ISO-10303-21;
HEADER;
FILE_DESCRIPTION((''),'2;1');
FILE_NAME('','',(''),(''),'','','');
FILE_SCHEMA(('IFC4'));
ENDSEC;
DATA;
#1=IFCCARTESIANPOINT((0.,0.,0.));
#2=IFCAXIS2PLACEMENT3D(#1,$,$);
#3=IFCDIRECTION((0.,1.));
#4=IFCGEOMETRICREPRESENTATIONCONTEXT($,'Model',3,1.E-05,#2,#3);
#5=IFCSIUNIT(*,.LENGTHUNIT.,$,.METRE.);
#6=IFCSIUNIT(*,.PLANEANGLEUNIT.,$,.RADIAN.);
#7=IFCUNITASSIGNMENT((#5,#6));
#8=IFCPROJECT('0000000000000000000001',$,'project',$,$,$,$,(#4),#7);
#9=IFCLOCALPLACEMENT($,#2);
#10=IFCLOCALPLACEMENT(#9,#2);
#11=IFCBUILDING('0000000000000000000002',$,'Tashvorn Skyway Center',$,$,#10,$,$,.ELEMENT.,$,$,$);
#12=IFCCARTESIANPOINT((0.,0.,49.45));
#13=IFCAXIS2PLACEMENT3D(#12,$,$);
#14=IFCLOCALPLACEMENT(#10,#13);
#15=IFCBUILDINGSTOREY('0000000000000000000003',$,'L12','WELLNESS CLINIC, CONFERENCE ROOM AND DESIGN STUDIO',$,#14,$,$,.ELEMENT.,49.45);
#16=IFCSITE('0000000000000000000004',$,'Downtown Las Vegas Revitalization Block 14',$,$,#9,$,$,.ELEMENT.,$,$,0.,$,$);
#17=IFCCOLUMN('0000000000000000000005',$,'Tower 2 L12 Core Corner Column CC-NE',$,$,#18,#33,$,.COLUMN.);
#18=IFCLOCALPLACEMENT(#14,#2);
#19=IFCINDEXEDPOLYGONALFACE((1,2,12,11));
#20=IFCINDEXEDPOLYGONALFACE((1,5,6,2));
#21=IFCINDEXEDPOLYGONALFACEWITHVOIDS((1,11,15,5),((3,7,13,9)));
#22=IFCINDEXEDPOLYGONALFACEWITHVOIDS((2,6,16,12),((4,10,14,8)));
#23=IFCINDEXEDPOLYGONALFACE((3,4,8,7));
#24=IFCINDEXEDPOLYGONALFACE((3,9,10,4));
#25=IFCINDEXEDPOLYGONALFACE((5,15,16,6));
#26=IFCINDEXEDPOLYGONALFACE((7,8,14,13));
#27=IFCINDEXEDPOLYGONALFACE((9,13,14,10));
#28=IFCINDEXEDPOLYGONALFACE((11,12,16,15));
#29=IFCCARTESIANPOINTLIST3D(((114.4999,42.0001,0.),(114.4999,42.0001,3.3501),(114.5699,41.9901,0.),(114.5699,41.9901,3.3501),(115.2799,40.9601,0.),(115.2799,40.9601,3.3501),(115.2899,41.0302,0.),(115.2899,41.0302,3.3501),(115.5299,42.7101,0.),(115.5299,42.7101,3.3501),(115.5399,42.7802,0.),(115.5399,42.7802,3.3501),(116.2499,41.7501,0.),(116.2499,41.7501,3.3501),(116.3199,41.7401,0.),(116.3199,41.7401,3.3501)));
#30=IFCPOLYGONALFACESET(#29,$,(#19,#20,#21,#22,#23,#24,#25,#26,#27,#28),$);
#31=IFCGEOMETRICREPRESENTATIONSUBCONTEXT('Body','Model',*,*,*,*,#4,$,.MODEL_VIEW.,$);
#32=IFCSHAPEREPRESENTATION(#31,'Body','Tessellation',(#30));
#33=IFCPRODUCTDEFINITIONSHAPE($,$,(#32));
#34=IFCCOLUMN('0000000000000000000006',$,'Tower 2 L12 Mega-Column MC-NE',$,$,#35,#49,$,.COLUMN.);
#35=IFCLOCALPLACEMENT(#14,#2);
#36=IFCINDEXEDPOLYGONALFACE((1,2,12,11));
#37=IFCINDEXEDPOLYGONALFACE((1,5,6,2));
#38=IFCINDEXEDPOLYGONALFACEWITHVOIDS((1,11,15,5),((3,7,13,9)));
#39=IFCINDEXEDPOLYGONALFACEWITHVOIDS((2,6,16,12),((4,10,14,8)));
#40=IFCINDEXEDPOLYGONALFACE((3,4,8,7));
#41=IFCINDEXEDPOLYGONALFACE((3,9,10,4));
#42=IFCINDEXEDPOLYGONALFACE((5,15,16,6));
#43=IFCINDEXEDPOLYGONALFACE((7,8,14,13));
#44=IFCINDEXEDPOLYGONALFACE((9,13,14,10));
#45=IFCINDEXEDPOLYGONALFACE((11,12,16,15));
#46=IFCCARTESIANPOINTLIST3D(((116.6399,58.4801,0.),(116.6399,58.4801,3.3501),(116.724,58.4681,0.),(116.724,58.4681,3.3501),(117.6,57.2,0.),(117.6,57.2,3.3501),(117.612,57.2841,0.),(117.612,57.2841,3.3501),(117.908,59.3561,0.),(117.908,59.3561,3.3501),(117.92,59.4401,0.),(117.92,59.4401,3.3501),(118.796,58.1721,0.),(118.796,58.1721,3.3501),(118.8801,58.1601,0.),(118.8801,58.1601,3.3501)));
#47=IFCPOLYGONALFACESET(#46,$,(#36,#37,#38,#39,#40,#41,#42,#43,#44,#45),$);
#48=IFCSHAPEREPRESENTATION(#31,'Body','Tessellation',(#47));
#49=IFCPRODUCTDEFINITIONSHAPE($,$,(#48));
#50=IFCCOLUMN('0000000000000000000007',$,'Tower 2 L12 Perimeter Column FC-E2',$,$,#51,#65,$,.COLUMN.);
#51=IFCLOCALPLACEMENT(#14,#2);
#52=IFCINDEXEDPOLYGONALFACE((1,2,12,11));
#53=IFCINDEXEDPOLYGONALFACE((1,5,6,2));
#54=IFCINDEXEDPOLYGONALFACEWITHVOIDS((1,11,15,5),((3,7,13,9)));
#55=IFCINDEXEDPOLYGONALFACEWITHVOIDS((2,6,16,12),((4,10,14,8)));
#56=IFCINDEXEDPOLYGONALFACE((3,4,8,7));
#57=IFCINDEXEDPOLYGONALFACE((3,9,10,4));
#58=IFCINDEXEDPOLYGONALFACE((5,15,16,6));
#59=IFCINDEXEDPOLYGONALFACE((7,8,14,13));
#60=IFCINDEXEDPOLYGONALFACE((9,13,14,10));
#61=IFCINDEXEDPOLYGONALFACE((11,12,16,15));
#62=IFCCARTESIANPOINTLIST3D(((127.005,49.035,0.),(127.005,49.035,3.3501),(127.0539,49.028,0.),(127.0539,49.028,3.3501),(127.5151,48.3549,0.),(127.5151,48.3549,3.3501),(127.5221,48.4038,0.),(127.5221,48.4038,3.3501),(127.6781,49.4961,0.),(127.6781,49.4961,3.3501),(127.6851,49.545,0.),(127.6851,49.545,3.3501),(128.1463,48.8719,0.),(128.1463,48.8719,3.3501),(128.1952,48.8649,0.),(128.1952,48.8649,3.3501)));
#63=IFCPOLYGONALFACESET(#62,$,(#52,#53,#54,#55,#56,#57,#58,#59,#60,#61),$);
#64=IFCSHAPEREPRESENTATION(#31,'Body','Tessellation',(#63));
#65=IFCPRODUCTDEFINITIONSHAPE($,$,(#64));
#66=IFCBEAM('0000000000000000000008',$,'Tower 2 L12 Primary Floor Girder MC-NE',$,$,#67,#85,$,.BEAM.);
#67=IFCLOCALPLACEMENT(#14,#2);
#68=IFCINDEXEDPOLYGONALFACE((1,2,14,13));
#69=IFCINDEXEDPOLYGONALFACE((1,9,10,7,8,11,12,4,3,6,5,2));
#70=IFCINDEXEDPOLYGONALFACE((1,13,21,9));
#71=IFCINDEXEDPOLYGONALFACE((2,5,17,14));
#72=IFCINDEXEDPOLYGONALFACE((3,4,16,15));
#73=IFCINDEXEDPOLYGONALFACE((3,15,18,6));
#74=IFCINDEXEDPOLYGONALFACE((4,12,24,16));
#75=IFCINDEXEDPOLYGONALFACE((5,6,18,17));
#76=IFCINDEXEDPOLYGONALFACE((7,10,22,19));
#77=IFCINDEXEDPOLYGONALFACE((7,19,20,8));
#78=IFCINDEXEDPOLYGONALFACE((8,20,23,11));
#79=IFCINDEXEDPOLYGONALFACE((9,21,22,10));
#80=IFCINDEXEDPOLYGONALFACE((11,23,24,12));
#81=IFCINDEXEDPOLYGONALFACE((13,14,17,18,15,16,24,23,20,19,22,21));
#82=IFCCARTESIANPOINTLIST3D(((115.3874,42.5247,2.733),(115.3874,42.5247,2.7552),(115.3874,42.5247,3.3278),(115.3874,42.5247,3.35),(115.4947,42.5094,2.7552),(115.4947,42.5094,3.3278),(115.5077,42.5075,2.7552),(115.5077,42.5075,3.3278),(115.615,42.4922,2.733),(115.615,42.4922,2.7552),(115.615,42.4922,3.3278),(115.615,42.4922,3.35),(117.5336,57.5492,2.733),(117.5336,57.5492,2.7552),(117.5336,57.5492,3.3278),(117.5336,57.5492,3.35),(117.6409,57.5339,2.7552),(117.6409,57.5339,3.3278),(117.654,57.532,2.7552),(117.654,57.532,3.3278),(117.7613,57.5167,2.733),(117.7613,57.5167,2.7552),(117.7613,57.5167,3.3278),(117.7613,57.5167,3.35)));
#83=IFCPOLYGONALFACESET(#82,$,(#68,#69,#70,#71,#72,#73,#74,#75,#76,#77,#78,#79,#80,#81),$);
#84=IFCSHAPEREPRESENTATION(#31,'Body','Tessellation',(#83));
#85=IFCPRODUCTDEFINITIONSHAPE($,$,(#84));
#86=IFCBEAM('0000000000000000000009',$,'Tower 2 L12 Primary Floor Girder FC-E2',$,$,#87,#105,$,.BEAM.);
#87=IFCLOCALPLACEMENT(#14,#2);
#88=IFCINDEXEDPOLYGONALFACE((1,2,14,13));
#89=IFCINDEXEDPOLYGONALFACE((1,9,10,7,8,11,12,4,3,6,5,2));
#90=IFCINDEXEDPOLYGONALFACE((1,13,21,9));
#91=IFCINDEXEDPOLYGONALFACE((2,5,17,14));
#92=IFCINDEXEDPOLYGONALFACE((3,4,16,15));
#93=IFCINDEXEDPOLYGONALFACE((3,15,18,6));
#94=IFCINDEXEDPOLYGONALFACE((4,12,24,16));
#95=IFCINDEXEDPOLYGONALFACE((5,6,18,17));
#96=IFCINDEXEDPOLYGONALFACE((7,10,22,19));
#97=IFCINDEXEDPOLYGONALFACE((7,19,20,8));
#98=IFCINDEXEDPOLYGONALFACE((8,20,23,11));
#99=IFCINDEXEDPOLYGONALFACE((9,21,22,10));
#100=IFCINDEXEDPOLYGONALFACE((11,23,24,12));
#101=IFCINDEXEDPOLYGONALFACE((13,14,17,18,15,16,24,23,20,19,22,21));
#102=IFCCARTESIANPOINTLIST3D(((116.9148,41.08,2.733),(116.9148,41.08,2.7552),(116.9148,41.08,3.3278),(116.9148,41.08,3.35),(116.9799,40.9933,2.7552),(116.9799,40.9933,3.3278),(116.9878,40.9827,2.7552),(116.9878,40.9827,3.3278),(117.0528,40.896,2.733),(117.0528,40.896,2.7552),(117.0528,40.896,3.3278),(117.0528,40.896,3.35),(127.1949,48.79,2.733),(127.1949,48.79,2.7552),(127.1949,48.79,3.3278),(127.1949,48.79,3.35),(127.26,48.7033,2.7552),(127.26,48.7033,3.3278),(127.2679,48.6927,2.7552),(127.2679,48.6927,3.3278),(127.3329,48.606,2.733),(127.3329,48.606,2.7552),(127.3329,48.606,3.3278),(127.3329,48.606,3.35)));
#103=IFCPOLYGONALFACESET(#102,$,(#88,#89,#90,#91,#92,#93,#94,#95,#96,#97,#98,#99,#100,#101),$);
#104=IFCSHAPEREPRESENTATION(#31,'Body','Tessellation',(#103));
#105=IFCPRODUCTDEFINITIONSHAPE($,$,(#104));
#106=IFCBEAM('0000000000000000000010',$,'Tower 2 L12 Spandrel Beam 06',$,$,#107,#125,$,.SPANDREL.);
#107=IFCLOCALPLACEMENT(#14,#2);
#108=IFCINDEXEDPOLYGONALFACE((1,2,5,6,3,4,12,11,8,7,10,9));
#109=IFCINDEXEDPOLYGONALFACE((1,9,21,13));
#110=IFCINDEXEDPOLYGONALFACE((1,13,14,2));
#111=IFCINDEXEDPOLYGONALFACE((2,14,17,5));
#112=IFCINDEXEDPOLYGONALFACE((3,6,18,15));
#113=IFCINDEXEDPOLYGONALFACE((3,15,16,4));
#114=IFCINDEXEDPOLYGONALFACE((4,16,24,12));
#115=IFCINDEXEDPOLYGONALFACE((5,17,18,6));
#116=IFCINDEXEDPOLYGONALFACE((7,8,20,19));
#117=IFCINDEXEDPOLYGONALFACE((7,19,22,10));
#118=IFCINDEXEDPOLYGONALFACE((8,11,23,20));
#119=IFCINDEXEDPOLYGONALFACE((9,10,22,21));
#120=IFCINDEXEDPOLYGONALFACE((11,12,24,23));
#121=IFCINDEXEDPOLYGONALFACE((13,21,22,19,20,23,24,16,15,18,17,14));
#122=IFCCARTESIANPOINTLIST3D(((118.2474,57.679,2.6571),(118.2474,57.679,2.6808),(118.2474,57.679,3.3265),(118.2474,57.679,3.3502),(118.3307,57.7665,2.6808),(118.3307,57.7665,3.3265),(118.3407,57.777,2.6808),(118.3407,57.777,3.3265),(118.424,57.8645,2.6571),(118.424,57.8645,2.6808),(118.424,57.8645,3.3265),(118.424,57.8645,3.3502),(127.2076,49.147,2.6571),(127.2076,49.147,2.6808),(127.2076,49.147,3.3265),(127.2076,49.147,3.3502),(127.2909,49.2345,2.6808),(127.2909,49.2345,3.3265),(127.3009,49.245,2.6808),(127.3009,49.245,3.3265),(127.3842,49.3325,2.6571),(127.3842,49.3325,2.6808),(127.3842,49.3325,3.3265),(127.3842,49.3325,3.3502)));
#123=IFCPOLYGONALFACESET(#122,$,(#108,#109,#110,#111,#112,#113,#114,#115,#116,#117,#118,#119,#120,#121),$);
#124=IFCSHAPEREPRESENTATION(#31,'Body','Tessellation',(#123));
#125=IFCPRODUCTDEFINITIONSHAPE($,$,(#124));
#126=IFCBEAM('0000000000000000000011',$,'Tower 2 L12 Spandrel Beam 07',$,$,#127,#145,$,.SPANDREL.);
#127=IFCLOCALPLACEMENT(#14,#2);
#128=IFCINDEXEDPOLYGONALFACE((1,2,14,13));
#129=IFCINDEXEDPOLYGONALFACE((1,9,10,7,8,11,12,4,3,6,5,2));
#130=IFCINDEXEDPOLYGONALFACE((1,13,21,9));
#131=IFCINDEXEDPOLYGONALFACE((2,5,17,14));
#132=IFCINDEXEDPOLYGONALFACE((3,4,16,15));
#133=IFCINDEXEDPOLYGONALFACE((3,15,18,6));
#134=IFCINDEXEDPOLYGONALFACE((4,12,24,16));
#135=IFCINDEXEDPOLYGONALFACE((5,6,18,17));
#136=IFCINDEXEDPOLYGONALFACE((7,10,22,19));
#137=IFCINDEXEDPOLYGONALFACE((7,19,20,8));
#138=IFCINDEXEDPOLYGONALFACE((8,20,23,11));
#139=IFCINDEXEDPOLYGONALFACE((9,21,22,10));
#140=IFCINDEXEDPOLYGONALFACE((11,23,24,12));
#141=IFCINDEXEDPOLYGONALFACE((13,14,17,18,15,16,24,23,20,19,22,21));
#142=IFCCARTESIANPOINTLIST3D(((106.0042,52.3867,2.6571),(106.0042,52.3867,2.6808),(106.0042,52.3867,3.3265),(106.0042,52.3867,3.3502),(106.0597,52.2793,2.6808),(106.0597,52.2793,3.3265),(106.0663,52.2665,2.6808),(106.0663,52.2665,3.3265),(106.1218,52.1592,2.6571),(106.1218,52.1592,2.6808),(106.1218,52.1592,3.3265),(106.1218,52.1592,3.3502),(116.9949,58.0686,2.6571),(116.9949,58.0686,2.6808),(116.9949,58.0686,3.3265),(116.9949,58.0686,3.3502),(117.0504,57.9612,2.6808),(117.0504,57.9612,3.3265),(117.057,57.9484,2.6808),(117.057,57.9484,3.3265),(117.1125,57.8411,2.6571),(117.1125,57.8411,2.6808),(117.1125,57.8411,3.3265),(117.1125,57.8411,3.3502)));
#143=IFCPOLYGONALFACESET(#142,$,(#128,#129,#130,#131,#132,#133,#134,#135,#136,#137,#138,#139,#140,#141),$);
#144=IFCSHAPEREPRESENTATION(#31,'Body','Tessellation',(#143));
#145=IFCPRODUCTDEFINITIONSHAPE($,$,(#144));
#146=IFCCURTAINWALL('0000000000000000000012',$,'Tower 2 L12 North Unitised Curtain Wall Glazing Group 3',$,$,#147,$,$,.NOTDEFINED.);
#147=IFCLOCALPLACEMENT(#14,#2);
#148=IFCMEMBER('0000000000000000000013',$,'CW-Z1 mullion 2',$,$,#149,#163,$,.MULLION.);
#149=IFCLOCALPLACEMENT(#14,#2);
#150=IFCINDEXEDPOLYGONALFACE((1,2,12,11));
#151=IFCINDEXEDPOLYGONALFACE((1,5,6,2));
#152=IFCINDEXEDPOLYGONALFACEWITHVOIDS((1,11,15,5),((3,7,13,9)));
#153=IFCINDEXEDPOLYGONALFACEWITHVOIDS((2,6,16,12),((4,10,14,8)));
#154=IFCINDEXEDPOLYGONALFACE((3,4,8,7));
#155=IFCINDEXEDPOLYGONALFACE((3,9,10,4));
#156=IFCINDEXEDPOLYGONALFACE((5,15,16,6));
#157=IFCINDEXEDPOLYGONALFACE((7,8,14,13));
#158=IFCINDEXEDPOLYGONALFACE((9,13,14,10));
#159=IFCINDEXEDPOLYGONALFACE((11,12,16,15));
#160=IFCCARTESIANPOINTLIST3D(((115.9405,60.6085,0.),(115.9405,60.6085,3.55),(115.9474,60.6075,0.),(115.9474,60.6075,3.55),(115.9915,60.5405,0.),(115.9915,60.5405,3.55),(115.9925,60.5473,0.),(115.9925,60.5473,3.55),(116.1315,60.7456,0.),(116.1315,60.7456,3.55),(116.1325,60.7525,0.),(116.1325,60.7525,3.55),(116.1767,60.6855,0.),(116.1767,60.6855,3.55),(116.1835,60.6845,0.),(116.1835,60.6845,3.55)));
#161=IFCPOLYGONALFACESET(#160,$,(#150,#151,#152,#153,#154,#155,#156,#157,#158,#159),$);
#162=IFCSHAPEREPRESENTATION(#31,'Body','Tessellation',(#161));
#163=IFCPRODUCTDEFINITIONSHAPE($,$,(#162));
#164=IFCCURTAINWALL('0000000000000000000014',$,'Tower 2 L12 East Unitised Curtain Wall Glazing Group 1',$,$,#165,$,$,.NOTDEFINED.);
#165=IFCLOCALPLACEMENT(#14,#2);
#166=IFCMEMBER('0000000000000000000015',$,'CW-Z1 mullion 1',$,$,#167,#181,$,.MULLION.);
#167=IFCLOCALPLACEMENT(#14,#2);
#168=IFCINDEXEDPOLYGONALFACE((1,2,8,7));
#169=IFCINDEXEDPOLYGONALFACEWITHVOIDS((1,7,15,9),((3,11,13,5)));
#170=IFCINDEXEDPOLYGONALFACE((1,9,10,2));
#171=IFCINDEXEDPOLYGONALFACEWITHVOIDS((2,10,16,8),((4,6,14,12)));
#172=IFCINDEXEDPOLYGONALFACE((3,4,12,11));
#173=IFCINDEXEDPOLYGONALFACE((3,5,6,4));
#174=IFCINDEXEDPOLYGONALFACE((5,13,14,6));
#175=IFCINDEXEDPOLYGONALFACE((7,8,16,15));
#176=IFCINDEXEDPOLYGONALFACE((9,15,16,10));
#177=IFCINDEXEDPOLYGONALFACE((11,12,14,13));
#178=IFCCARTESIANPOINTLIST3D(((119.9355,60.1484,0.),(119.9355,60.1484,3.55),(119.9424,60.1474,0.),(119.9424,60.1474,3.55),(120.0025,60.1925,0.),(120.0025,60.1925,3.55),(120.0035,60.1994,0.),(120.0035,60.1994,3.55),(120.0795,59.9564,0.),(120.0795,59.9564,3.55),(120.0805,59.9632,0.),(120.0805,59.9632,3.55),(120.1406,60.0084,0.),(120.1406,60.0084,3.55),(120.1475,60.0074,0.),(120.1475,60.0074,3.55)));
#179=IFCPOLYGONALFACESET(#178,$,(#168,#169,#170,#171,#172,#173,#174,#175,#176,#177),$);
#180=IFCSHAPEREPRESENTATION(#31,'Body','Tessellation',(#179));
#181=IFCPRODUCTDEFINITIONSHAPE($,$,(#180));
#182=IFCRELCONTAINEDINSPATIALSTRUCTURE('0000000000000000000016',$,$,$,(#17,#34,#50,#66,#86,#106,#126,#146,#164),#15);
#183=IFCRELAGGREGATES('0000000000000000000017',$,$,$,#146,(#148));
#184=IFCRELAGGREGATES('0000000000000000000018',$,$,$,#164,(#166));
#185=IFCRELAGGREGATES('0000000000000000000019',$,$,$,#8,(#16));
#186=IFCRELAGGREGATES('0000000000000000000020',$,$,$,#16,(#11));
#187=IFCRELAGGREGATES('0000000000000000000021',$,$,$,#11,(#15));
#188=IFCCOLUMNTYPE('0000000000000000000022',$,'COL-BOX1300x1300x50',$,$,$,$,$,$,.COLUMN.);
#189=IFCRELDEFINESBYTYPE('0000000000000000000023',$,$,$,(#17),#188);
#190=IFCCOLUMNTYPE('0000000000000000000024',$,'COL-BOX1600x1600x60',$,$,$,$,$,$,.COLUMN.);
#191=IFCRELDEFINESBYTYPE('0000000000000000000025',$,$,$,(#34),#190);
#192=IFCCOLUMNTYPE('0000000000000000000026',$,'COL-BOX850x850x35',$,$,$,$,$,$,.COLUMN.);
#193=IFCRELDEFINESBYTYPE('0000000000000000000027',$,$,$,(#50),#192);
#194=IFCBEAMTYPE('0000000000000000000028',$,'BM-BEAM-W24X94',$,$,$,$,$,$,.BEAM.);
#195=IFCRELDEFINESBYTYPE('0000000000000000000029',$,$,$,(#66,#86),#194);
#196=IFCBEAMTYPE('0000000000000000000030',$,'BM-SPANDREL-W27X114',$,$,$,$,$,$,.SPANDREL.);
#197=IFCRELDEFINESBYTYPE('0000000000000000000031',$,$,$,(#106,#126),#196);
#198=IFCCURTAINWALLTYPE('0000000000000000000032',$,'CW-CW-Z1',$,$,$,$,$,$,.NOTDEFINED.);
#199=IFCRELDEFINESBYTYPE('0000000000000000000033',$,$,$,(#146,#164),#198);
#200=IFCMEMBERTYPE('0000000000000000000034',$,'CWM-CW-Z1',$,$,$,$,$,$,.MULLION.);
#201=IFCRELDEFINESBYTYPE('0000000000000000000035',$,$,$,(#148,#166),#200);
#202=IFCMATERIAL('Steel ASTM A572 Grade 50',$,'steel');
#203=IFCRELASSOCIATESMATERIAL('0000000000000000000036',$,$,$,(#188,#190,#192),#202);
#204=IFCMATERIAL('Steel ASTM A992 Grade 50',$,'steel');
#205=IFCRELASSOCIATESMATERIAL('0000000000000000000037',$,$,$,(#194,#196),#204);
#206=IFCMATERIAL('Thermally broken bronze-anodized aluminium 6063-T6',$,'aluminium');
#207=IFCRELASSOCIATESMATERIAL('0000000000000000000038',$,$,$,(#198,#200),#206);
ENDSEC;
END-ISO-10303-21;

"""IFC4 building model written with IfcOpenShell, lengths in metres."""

from ifc_helpers import new_model, si_unit, direction, frame, origin, origin_2d, place, context, subcontext, project, spatial, hollow_rectangle, i_section, extrude, material, material_profile, profile_set, type_object, element, aggregate, save


model = new_model("IFC4")

# Units and contexts
model_context = context("Model", 3, precision=1e-05, world=origin(), true_north=direction((0.0, 1.0)))
body_context = subcontext(model_context, "Body", "Model", "MODEL_VIEW")
ifc_project = project(units=[si_unit("LENGTHUNIT", "METRE"), si_unit("PLANEANGLEUNIT", "RADIAN")], contexts=[model_context])

# Site, building, storey
site_placement = place(None, origin())
site = spatial("IfcSite", under=ifc_project, at=site_placement, Name="Downtown Las Vegas Revitalization Block 14", CompositionType="ELEMENT", RefElevation=0.0)
building_placement = place(site_placement, origin())
building = spatial("IfcBuilding", under=site, at=building_placement, Name="Tashvorn Skyway Center", CompositionType="ELEMENT")
storey_placement = place(building_placement, frame((0.0, 0.0, 49.45)))
storey = spatial("IfcBuildingStorey", under=building, at=storey_placement, Name="L12", Description="WELLNESS CLINIC, CONFERENCE ROOM AND DESIGN STUDIO", CompositionType="ELEMENT", Elevation=49.45)

# Columns
ifc_material_1 = material(Name="Steel ASTM A572 Grade 50", Category="steel")
ifc_material_profile_1 = material_profile(ifc_material_1, hollow_rectangle(XDim=1.3, YDim=1.3, WallThickness=0.05, at=origin_2d()), Name="BOX1300x1300x50")
ifc_profile_set_1 = profile_set([ifc_material_profile_1], Name="Steel ASTM A572 Grade 50")
column_type_1 = type_object("IfcColumnType", Name="COL-BOX1300x1300x50", PredefinedType="COLUMN", material=ifc_profile_set_1)
column_1_placement = place(storey_placement, frame((115.4099, 41.8701, 0.0), z_axis=(0.0, 0.0, 1.0), x_axis=(0.8, 0.6, 0.0)))
element("IfcColumn", 1, at=column_1_placement, inside=storey, type_object=column_type_1, Name="Tower 2 L12 Core Corner Column CC-NE", PredefinedType="COLUMN", context=body_context, shape_type="SweptSolid", body=[
    extrude(hollow_rectangle(XDim=1.3, YDim=1.3, WallThickness=0.05, at=origin_2d()), origin(), (0.0, 0.0, 1.0), 3.3501),
])
ifc_material_profile_2 = material_profile(ifc_material_1, hollow_rectangle(XDim=1.6001, YDim=1.6001, WallThickness=0.0601, at=origin_2d()), Name="BOX1600x1600x60")
ifc_profile_set_2 = profile_set([ifc_material_profile_2], Name="Steel ASTM A572 Grade 50")
column_type_2 = type_object("IfcColumnType", Name="COL-BOX1600x1600x60", PredefinedType="COLUMN", material=ifc_profile_set_2)
column_2_placement = place(storey_placement, frame((117.76, 58.3201, 0.0), z_axis=(0.0, 0.0, 1.0), x_axis=(0.8, 0.6, 0.0)))
element("IfcColumn", 2, at=column_2_placement, inside=storey, type_object=column_type_2, Name="Tower 2 L12 Mega-Column MC-NE", PredefinedType="COLUMN", context=body_context, shape_type="SweptSolid", body=[
    extrude(hollow_rectangle(XDim=1.6001, YDim=1.6001, WallThickness=0.0601, at=origin_2d()), origin(), (0.0, 0.0, 1.0), 3.3501),
])
ifc_material_profile_3 = material_profile(ifc_material_1, hollow_rectangle(XDim=0.8501, YDim=0.8501, WallThickness=0.0349, at=origin_2d()), Name="BOX850x850x35")
ifc_profile_set_3 = profile_set([ifc_material_profile_3], Name="Steel ASTM A572 Grade 50")
column_type_3 = type_object("IfcColumnType", Name="COL-BOX850x850x35", PredefinedType="COLUMN", material=ifc_profile_set_3)
column_3_placement = place(storey_placement, frame((127.6001, 48.95, 0.0), z_axis=(0.0, 0.0, 1.0), x_axis=(0.8, 0.6, 0.0)))
element("IfcColumn", 3, at=column_3_placement, inside=storey, type_object=column_type_3, Name="Tower 2 L12 Perimeter Column FC-E2", PredefinedType="COLUMN", context=body_context, shape_type="SweptSolid", body=[
    extrude(hollow_rectangle(XDim=0.8501, YDim=0.8501, WallThickness=0.0349, at=origin_2d()), origin(), (0.0, 0.0, 1.0), 3.3501),
])

# Beams
ifc_material_2 = material(Name="Steel ASTM A992 Grade 50", Category="steel")
ifc_material_profile_4 = material_profile(ifc_material_2, i_section(OverallWidth=0.23, OverallDepth=0.6169, WebThickness=0.0132, FlangeThickness=0.0222, at=origin_2d()), Name="W24X94")
ifc_profile_set_4 = profile_set([ifc_material_profile_4], Name="Steel ASTM A992 Grade 50")
beam_type_1 = type_object("IfcBeamType", Name="BM-BEAM-W24X94", PredefinedType="BEAM", material=ifc_profile_set_4)
beam_1_placement = place(storey_placement, frame((117.6475, 57.533, 3.0415), z_axis=(-0.141415, -0.98995, 0.0), x_axis=(0.98995, -0.141415, 0.0)))
element("IfcBeam", 4, at=beam_1_placement, inside=storey, type_object=beam_type_1, Name="Tower 2 L12 Primary Floor Girder MC-NE", PredefinedType="BEAM", context=body_context, shape_type="SweptSolid", body=[
    extrude(i_section(OverallWidth=0.23, OverallDepth=0.6169, WebThickness=0.0132, FlangeThickness=0.0222, at=origin_2d()), origin(), (0.0, 0.0, 1.0), 15.177),
])
beam_2_placement = place(storey_placement, frame((127.2639, 48.698, 3.0415), z_axis=(-0.800002, -0.599997, 0.0), x_axis=(0.599997, -0.800002, 0.0)))
element("IfcBeam", 5, at=beam_2_placement, inside=storey, type_object=beam_type_1, Name="Tower 2 L12 Primary Floor Girder FC-E2", PredefinedType="BEAM", context=body_context, shape_type="SweptSolid", body=[
    extrude(i_section(OverallWidth=0.23, OverallDepth=0.6169, WebThickness=0.0132, FlangeThickness=0.0222, at=origin_2d()), origin(), (0.0, 0.0, 1.0), 12.8501),
])
ifc_material_profile_5 = material_profile(ifc_material_2, i_section(OverallWidth=0.2561, OverallDepth=0.6931, WebThickness=0.0144, FlangeThickness=0.0237, at=origin_2d()), Name="W27X114")
ifc_profile_set_5 = profile_set([ifc_material_profile_5], Name="Steel ASTM A992 Grade 50")
beam_type_2 = type_object("IfcBeamType", Name="BM-SPANDREL-W27X114", PredefinedType="SPANDREL", material=ifc_profile_set_5)
for number, where, z_axis, x_axis, name in (
    (6, (127.2959, 49.2397, 3.0037), (-0.7242, 0.68959, 0.0), (-0.68959, -0.7242, 0.0), "Tower 2 L12 Spandrel Beam 06"),
    (7, (117.0537, 57.9548, 3.0037), (-0.888316, -0.459233, 0.0), (0.459233, -0.888316, 0.0), "Tower 2 L12 Spandrel Beam 07"),
):
    element("IfcBeam", number, at=place(storey_placement, frame(where, z_axis=z_axis, x_axis=x_axis)), inside=storey, type_object=beam_type_2, Name=name, PredefinedType="SPANDREL", context=body_context, shape_type="SweptSolid", body=[
        extrude(i_section(OverallWidth=0.2561, OverallDepth=0.6931, WebThickness=0.0144, FlangeThickness=0.0237, at=origin_2d()), origin(), (0.0, 0.0, 1.0), 12.3726),
    ])

# Curtain wall, member
ifc_material_3 = material(Name="Thermally broken bronze-anodized aluminium 6063-T6", Category="aluminium")
curtain_wall_type = type_object("IfcCurtainWallType", Name="CW-CW-Z1", PredefinedType="NOTDEFINED", material=ifc_material_3)
curtain_wall_1_placement = place(storey_placement, origin())
curtain_wall_1 = element("IfcCurtainWall", 8, at=curtain_wall_1_placement, inside=storey, type_object=curtain_wall_type, Name="Tower 2 L12 North Unitised Curtain Wall Glazing Group 3", PredefinedType="NOTDEFINED")
ifc_material_profile_6 = material_profile(ifc_material_3, hollow_rectangle(XDim=0.085, YDim=0.24, WallThickness=0.0049, at=origin_2d()), Name="ALU-MULL-85x240")
ifc_profile_set_6 = profile_set([ifc_material_profile_6], Name="Thermally broken bronze-anodized aluminium 6063-T6")
member_type_1 = type_object("IfcMemberType", Name="CWM-CW-Z1", PredefinedType="MULLION", material=ifc_profile_set_6)
member_1_placement = place(storey_placement, frame((116.062, 60.6465, 0.0), z_axis=(0.0, 0.0, 1.0), x_axis=(-0.600005, 0.799996, 0.0)))
member_1 = element("IfcMember", 9, at=member_1_placement, type_object=member_type_1, Name="CW-Z1 mullion 2", PredefinedType="MULLION", context=body_context, shape_type="SweptSolid", body=[
    extrude(hollow_rectangle(XDim=0.085, YDim=0.24, WallThickness=0.0049, at=origin_2d()), origin(), (0.0, 0.0, 1.0), 3.55),
])

# Curtain wall, member
curtain_wall_2_placement = place(storey_placement, origin())
curtain_wall_2 = element("IfcCurtainWall", 10, at=curtain_wall_2_placement, inside=storey, type_object=curtain_wall_type, Name="Tower 2 L12 East Unitised Curtain Wall Glazing Group 1", PredefinedType="NOTDEFINED")
member_2_placement = place(storey_placement, frame((120.0415, 60.0779, 0.0), z_axis=(0.0, 0.0, 1.0), x_axis=(0.799996, 0.600005, 0.0)))
member_2 = element("IfcMember", 11, at=member_2_placement, type_object=member_type_1, Name="CW-Z1 mullion 1", PredefinedType="MULLION", context=body_context, shape_type="SweptSolid", body=[
    extrude(hollow_rectangle(XDim=0.085, YDim=0.24, WallThickness=0.0049, at=origin_2d()), origin(), (0.0, 0.0, 1.0), 3.55),
])

aggregate(curtain_wall_1, [member_1])
aggregate(curtain_wall_2, [member_2])

save(model, "model.ifc")
